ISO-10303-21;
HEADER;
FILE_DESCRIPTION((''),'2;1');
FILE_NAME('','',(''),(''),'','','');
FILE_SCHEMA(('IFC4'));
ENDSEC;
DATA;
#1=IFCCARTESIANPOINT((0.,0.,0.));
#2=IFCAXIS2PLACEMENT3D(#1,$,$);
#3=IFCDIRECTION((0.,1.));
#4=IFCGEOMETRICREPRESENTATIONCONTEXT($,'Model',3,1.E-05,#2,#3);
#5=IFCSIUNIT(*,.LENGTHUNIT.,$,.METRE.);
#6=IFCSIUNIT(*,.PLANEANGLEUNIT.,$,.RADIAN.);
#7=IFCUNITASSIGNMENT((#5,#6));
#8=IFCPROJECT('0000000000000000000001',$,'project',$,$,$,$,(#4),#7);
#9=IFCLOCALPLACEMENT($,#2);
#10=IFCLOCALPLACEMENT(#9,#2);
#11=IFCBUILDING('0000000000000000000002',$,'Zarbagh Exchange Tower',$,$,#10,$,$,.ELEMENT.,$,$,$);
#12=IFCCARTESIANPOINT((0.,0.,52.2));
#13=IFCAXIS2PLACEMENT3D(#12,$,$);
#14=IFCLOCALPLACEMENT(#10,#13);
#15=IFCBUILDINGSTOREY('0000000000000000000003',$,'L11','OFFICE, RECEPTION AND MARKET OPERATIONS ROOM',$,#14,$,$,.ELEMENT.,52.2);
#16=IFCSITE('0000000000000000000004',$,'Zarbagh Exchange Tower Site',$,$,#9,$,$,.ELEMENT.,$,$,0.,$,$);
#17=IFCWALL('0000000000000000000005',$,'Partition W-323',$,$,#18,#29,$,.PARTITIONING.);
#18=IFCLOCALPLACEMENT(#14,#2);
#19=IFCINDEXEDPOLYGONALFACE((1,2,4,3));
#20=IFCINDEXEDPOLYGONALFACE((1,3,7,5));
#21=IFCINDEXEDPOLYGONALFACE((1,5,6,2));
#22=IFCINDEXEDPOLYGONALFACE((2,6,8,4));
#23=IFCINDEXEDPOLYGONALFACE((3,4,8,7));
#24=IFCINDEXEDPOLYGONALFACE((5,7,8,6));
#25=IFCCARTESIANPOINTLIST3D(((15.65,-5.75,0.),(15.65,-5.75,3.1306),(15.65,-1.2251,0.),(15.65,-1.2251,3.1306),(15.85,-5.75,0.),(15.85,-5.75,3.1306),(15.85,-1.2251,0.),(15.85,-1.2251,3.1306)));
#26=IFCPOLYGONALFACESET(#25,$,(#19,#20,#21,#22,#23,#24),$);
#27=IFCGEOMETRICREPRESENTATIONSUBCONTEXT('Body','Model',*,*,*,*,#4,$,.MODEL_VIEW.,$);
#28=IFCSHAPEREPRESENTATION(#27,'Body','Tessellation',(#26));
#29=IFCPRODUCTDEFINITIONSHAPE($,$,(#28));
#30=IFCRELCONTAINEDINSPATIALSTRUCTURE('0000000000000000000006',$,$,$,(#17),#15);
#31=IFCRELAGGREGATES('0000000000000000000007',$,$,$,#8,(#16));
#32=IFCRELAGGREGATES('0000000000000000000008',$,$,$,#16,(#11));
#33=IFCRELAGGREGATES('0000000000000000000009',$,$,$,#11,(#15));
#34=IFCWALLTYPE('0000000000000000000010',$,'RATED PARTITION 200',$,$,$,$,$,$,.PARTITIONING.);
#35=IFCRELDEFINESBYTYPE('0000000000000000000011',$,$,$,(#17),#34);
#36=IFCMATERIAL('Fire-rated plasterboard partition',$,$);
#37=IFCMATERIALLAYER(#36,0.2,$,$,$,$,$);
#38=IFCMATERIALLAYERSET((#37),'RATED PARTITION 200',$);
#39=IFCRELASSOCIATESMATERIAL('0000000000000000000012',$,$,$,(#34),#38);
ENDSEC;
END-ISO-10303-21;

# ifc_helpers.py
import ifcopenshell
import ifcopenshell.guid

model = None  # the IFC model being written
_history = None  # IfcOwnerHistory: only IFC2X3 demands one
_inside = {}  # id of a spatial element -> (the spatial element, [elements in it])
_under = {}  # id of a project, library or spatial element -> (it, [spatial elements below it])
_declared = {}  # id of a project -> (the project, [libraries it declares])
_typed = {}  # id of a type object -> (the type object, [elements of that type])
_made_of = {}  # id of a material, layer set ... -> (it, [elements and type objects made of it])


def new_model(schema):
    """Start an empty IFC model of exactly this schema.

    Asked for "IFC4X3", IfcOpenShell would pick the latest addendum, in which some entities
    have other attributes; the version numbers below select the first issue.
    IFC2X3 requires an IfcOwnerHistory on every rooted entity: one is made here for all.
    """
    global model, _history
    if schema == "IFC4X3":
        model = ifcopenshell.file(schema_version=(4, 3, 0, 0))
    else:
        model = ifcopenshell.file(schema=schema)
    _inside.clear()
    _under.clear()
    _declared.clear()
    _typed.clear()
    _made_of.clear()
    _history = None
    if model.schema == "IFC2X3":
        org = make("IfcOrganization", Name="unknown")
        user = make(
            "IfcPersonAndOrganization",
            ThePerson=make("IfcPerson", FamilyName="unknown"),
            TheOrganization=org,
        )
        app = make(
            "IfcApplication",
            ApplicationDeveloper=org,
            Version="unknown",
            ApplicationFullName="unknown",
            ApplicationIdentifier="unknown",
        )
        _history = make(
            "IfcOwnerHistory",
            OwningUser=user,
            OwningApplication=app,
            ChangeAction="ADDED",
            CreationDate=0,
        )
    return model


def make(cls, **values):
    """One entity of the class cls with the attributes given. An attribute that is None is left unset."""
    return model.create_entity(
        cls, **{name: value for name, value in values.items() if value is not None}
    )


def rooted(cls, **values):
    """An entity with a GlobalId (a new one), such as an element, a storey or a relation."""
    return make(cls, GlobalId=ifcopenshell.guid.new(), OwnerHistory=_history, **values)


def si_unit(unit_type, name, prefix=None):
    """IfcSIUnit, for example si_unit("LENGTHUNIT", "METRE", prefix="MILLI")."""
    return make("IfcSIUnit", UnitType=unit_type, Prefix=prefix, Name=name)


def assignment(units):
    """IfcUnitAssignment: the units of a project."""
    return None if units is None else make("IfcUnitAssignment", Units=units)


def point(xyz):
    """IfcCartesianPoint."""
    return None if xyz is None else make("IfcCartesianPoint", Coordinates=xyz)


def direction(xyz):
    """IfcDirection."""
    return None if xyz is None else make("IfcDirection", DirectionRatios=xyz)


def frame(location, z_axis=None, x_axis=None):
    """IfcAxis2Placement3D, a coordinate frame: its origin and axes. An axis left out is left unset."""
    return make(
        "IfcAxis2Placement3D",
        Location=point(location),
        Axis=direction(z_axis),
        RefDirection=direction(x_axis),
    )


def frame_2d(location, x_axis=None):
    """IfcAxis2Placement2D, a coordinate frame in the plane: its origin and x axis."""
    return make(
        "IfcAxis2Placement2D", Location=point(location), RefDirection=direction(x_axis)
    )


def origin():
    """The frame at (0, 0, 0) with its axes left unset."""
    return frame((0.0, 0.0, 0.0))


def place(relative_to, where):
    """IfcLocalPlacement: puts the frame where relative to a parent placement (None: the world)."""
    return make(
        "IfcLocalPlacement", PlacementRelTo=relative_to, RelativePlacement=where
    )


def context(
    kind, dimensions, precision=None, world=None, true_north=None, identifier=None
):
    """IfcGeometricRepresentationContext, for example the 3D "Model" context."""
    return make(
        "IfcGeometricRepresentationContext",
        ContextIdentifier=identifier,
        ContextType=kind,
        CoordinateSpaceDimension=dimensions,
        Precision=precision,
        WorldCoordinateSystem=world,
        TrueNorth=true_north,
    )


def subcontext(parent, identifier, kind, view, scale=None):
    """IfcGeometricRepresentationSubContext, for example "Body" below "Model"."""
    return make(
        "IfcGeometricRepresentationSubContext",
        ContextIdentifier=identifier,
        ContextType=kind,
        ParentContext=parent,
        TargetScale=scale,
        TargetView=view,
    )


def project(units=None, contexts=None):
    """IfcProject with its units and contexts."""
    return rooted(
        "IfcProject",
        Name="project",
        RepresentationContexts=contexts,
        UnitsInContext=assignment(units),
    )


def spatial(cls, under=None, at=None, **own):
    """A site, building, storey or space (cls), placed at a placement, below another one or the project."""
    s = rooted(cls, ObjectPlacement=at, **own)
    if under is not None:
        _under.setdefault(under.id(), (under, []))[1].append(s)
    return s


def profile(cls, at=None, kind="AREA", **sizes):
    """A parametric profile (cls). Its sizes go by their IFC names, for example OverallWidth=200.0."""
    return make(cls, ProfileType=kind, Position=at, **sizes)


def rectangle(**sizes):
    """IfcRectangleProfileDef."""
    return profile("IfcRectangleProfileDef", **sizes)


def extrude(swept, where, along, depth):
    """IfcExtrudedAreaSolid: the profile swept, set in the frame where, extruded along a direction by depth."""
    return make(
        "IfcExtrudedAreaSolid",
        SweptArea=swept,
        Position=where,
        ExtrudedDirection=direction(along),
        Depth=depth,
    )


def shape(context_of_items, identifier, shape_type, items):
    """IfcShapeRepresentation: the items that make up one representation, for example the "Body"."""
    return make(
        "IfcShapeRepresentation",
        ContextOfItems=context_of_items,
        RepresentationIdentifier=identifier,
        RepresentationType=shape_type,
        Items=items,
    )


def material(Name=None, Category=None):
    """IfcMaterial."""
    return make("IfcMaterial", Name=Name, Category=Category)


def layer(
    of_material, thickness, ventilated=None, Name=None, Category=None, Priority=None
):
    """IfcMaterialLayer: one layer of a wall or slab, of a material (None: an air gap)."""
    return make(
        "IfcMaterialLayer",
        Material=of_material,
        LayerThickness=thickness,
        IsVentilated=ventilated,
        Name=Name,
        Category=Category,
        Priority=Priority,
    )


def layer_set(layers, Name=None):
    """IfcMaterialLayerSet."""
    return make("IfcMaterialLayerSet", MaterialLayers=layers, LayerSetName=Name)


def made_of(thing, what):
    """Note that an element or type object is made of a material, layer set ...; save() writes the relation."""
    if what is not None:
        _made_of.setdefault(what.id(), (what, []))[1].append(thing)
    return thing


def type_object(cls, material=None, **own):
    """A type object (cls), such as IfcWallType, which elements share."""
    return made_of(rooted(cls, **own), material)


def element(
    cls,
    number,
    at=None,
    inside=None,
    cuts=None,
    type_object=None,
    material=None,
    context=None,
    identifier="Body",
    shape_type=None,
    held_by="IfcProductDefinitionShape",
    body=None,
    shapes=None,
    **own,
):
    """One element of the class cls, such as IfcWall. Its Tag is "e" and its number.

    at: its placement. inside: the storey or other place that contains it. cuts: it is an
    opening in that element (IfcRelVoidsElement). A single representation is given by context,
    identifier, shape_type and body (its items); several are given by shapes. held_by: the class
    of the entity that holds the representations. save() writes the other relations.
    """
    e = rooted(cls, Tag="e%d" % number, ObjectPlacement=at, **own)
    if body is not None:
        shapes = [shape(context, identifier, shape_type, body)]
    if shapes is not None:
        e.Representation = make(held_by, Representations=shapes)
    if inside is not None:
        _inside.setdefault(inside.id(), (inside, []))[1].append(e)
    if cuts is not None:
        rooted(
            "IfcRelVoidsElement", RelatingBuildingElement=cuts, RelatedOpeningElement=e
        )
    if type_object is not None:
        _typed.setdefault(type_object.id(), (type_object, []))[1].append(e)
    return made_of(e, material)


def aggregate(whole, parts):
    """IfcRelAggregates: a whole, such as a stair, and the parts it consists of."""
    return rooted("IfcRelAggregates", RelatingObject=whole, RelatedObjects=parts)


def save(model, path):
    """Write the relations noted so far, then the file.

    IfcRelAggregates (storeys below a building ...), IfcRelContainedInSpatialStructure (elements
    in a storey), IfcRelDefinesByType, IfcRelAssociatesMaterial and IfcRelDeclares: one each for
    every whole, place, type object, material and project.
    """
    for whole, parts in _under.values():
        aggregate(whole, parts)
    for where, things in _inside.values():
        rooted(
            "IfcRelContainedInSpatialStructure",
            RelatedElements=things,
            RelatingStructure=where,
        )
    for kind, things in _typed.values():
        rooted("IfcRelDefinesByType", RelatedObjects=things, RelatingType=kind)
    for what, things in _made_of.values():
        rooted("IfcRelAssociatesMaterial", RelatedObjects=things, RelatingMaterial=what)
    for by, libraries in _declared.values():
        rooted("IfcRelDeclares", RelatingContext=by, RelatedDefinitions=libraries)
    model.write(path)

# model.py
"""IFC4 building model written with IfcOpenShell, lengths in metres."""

from ifc_helpers import new_model, si_unit, direction, frame, frame_2d, origin, place, context, subcontext, project, spatial, rectangle, extrude, material, layer, layer_set, type_object, element, save


model = new_model("IFC4")

# Units and contexts
model_context = context("Model", 3, precision=1e-05, world=origin(), true_north=direction((0.0, 1.0)))
body_context = subcontext(model_context, "Body", "Model", "MODEL_VIEW")
ifc_project = project(units=[si_unit("LENGTHUNIT", "METRE"), si_unit("PLANEANGLEUNIT", "RADIAN")], contexts=[model_context])

# Site, building, storey
site_placement = place(None, origin())
site = spatial("IfcSite", under=ifc_project, at=site_placement, Name="Zarbagh Exchange Tower Site", CompositionType="ELEMENT", RefElevation=0.0)
building_placement = place(site_placement, origin())
building = spatial("IfcBuilding", under=site, at=building_placement, Name="Zarbagh Exchange Tower", CompositionType="ELEMENT")
storey_placement = place(building_placement, frame((0.0, 0.0, 52.2)))
storey = spatial("IfcBuildingStorey", under=building, at=storey_placement, Name="L11", Description="OFFICE, RECEPTION AND MARKET OPERATIONS ROOM", CompositionType="ELEMENT", Elevation=52.2)

# Shared definitions
ifc_material_1 = material(Name="Fire-rated plasterboard partition")
ifc_layer = layer(ifc_material_1, 0.2)
ifc_layer_set = layer_set([ifc_layer], Name="RATED PARTITION 200")
wall_type = type_object("IfcWallType", Name="RATED PARTITION 200", PredefinedType="PARTITIONING", material=ifc_layer_set)

# Wall
for number, where, z_axis, x_axis, name in (
    (1, (15.75, -5.75, 0.0), (0.0, 0.0, 1.0), (0.0, 1.0, 0.0), "Partition W-323"),
):
    element("IfcWall", number, at=place(storey_placement, frame(where, z_axis=z_axis, x_axis=x_axis)), inside=storey, type_object=wall_type, Name=name, PredefinedType="PARTITIONING", context=body_context, shape_type="SweptSolid", body=[
        extrude(rectangle(XDim=4.5249, YDim=0.2, at=frame_2d((2.2625, 0.0))), origin(), (0.0, 0.0, 1.0), 3.1306),
    ])

save(model, "model.ifc")
